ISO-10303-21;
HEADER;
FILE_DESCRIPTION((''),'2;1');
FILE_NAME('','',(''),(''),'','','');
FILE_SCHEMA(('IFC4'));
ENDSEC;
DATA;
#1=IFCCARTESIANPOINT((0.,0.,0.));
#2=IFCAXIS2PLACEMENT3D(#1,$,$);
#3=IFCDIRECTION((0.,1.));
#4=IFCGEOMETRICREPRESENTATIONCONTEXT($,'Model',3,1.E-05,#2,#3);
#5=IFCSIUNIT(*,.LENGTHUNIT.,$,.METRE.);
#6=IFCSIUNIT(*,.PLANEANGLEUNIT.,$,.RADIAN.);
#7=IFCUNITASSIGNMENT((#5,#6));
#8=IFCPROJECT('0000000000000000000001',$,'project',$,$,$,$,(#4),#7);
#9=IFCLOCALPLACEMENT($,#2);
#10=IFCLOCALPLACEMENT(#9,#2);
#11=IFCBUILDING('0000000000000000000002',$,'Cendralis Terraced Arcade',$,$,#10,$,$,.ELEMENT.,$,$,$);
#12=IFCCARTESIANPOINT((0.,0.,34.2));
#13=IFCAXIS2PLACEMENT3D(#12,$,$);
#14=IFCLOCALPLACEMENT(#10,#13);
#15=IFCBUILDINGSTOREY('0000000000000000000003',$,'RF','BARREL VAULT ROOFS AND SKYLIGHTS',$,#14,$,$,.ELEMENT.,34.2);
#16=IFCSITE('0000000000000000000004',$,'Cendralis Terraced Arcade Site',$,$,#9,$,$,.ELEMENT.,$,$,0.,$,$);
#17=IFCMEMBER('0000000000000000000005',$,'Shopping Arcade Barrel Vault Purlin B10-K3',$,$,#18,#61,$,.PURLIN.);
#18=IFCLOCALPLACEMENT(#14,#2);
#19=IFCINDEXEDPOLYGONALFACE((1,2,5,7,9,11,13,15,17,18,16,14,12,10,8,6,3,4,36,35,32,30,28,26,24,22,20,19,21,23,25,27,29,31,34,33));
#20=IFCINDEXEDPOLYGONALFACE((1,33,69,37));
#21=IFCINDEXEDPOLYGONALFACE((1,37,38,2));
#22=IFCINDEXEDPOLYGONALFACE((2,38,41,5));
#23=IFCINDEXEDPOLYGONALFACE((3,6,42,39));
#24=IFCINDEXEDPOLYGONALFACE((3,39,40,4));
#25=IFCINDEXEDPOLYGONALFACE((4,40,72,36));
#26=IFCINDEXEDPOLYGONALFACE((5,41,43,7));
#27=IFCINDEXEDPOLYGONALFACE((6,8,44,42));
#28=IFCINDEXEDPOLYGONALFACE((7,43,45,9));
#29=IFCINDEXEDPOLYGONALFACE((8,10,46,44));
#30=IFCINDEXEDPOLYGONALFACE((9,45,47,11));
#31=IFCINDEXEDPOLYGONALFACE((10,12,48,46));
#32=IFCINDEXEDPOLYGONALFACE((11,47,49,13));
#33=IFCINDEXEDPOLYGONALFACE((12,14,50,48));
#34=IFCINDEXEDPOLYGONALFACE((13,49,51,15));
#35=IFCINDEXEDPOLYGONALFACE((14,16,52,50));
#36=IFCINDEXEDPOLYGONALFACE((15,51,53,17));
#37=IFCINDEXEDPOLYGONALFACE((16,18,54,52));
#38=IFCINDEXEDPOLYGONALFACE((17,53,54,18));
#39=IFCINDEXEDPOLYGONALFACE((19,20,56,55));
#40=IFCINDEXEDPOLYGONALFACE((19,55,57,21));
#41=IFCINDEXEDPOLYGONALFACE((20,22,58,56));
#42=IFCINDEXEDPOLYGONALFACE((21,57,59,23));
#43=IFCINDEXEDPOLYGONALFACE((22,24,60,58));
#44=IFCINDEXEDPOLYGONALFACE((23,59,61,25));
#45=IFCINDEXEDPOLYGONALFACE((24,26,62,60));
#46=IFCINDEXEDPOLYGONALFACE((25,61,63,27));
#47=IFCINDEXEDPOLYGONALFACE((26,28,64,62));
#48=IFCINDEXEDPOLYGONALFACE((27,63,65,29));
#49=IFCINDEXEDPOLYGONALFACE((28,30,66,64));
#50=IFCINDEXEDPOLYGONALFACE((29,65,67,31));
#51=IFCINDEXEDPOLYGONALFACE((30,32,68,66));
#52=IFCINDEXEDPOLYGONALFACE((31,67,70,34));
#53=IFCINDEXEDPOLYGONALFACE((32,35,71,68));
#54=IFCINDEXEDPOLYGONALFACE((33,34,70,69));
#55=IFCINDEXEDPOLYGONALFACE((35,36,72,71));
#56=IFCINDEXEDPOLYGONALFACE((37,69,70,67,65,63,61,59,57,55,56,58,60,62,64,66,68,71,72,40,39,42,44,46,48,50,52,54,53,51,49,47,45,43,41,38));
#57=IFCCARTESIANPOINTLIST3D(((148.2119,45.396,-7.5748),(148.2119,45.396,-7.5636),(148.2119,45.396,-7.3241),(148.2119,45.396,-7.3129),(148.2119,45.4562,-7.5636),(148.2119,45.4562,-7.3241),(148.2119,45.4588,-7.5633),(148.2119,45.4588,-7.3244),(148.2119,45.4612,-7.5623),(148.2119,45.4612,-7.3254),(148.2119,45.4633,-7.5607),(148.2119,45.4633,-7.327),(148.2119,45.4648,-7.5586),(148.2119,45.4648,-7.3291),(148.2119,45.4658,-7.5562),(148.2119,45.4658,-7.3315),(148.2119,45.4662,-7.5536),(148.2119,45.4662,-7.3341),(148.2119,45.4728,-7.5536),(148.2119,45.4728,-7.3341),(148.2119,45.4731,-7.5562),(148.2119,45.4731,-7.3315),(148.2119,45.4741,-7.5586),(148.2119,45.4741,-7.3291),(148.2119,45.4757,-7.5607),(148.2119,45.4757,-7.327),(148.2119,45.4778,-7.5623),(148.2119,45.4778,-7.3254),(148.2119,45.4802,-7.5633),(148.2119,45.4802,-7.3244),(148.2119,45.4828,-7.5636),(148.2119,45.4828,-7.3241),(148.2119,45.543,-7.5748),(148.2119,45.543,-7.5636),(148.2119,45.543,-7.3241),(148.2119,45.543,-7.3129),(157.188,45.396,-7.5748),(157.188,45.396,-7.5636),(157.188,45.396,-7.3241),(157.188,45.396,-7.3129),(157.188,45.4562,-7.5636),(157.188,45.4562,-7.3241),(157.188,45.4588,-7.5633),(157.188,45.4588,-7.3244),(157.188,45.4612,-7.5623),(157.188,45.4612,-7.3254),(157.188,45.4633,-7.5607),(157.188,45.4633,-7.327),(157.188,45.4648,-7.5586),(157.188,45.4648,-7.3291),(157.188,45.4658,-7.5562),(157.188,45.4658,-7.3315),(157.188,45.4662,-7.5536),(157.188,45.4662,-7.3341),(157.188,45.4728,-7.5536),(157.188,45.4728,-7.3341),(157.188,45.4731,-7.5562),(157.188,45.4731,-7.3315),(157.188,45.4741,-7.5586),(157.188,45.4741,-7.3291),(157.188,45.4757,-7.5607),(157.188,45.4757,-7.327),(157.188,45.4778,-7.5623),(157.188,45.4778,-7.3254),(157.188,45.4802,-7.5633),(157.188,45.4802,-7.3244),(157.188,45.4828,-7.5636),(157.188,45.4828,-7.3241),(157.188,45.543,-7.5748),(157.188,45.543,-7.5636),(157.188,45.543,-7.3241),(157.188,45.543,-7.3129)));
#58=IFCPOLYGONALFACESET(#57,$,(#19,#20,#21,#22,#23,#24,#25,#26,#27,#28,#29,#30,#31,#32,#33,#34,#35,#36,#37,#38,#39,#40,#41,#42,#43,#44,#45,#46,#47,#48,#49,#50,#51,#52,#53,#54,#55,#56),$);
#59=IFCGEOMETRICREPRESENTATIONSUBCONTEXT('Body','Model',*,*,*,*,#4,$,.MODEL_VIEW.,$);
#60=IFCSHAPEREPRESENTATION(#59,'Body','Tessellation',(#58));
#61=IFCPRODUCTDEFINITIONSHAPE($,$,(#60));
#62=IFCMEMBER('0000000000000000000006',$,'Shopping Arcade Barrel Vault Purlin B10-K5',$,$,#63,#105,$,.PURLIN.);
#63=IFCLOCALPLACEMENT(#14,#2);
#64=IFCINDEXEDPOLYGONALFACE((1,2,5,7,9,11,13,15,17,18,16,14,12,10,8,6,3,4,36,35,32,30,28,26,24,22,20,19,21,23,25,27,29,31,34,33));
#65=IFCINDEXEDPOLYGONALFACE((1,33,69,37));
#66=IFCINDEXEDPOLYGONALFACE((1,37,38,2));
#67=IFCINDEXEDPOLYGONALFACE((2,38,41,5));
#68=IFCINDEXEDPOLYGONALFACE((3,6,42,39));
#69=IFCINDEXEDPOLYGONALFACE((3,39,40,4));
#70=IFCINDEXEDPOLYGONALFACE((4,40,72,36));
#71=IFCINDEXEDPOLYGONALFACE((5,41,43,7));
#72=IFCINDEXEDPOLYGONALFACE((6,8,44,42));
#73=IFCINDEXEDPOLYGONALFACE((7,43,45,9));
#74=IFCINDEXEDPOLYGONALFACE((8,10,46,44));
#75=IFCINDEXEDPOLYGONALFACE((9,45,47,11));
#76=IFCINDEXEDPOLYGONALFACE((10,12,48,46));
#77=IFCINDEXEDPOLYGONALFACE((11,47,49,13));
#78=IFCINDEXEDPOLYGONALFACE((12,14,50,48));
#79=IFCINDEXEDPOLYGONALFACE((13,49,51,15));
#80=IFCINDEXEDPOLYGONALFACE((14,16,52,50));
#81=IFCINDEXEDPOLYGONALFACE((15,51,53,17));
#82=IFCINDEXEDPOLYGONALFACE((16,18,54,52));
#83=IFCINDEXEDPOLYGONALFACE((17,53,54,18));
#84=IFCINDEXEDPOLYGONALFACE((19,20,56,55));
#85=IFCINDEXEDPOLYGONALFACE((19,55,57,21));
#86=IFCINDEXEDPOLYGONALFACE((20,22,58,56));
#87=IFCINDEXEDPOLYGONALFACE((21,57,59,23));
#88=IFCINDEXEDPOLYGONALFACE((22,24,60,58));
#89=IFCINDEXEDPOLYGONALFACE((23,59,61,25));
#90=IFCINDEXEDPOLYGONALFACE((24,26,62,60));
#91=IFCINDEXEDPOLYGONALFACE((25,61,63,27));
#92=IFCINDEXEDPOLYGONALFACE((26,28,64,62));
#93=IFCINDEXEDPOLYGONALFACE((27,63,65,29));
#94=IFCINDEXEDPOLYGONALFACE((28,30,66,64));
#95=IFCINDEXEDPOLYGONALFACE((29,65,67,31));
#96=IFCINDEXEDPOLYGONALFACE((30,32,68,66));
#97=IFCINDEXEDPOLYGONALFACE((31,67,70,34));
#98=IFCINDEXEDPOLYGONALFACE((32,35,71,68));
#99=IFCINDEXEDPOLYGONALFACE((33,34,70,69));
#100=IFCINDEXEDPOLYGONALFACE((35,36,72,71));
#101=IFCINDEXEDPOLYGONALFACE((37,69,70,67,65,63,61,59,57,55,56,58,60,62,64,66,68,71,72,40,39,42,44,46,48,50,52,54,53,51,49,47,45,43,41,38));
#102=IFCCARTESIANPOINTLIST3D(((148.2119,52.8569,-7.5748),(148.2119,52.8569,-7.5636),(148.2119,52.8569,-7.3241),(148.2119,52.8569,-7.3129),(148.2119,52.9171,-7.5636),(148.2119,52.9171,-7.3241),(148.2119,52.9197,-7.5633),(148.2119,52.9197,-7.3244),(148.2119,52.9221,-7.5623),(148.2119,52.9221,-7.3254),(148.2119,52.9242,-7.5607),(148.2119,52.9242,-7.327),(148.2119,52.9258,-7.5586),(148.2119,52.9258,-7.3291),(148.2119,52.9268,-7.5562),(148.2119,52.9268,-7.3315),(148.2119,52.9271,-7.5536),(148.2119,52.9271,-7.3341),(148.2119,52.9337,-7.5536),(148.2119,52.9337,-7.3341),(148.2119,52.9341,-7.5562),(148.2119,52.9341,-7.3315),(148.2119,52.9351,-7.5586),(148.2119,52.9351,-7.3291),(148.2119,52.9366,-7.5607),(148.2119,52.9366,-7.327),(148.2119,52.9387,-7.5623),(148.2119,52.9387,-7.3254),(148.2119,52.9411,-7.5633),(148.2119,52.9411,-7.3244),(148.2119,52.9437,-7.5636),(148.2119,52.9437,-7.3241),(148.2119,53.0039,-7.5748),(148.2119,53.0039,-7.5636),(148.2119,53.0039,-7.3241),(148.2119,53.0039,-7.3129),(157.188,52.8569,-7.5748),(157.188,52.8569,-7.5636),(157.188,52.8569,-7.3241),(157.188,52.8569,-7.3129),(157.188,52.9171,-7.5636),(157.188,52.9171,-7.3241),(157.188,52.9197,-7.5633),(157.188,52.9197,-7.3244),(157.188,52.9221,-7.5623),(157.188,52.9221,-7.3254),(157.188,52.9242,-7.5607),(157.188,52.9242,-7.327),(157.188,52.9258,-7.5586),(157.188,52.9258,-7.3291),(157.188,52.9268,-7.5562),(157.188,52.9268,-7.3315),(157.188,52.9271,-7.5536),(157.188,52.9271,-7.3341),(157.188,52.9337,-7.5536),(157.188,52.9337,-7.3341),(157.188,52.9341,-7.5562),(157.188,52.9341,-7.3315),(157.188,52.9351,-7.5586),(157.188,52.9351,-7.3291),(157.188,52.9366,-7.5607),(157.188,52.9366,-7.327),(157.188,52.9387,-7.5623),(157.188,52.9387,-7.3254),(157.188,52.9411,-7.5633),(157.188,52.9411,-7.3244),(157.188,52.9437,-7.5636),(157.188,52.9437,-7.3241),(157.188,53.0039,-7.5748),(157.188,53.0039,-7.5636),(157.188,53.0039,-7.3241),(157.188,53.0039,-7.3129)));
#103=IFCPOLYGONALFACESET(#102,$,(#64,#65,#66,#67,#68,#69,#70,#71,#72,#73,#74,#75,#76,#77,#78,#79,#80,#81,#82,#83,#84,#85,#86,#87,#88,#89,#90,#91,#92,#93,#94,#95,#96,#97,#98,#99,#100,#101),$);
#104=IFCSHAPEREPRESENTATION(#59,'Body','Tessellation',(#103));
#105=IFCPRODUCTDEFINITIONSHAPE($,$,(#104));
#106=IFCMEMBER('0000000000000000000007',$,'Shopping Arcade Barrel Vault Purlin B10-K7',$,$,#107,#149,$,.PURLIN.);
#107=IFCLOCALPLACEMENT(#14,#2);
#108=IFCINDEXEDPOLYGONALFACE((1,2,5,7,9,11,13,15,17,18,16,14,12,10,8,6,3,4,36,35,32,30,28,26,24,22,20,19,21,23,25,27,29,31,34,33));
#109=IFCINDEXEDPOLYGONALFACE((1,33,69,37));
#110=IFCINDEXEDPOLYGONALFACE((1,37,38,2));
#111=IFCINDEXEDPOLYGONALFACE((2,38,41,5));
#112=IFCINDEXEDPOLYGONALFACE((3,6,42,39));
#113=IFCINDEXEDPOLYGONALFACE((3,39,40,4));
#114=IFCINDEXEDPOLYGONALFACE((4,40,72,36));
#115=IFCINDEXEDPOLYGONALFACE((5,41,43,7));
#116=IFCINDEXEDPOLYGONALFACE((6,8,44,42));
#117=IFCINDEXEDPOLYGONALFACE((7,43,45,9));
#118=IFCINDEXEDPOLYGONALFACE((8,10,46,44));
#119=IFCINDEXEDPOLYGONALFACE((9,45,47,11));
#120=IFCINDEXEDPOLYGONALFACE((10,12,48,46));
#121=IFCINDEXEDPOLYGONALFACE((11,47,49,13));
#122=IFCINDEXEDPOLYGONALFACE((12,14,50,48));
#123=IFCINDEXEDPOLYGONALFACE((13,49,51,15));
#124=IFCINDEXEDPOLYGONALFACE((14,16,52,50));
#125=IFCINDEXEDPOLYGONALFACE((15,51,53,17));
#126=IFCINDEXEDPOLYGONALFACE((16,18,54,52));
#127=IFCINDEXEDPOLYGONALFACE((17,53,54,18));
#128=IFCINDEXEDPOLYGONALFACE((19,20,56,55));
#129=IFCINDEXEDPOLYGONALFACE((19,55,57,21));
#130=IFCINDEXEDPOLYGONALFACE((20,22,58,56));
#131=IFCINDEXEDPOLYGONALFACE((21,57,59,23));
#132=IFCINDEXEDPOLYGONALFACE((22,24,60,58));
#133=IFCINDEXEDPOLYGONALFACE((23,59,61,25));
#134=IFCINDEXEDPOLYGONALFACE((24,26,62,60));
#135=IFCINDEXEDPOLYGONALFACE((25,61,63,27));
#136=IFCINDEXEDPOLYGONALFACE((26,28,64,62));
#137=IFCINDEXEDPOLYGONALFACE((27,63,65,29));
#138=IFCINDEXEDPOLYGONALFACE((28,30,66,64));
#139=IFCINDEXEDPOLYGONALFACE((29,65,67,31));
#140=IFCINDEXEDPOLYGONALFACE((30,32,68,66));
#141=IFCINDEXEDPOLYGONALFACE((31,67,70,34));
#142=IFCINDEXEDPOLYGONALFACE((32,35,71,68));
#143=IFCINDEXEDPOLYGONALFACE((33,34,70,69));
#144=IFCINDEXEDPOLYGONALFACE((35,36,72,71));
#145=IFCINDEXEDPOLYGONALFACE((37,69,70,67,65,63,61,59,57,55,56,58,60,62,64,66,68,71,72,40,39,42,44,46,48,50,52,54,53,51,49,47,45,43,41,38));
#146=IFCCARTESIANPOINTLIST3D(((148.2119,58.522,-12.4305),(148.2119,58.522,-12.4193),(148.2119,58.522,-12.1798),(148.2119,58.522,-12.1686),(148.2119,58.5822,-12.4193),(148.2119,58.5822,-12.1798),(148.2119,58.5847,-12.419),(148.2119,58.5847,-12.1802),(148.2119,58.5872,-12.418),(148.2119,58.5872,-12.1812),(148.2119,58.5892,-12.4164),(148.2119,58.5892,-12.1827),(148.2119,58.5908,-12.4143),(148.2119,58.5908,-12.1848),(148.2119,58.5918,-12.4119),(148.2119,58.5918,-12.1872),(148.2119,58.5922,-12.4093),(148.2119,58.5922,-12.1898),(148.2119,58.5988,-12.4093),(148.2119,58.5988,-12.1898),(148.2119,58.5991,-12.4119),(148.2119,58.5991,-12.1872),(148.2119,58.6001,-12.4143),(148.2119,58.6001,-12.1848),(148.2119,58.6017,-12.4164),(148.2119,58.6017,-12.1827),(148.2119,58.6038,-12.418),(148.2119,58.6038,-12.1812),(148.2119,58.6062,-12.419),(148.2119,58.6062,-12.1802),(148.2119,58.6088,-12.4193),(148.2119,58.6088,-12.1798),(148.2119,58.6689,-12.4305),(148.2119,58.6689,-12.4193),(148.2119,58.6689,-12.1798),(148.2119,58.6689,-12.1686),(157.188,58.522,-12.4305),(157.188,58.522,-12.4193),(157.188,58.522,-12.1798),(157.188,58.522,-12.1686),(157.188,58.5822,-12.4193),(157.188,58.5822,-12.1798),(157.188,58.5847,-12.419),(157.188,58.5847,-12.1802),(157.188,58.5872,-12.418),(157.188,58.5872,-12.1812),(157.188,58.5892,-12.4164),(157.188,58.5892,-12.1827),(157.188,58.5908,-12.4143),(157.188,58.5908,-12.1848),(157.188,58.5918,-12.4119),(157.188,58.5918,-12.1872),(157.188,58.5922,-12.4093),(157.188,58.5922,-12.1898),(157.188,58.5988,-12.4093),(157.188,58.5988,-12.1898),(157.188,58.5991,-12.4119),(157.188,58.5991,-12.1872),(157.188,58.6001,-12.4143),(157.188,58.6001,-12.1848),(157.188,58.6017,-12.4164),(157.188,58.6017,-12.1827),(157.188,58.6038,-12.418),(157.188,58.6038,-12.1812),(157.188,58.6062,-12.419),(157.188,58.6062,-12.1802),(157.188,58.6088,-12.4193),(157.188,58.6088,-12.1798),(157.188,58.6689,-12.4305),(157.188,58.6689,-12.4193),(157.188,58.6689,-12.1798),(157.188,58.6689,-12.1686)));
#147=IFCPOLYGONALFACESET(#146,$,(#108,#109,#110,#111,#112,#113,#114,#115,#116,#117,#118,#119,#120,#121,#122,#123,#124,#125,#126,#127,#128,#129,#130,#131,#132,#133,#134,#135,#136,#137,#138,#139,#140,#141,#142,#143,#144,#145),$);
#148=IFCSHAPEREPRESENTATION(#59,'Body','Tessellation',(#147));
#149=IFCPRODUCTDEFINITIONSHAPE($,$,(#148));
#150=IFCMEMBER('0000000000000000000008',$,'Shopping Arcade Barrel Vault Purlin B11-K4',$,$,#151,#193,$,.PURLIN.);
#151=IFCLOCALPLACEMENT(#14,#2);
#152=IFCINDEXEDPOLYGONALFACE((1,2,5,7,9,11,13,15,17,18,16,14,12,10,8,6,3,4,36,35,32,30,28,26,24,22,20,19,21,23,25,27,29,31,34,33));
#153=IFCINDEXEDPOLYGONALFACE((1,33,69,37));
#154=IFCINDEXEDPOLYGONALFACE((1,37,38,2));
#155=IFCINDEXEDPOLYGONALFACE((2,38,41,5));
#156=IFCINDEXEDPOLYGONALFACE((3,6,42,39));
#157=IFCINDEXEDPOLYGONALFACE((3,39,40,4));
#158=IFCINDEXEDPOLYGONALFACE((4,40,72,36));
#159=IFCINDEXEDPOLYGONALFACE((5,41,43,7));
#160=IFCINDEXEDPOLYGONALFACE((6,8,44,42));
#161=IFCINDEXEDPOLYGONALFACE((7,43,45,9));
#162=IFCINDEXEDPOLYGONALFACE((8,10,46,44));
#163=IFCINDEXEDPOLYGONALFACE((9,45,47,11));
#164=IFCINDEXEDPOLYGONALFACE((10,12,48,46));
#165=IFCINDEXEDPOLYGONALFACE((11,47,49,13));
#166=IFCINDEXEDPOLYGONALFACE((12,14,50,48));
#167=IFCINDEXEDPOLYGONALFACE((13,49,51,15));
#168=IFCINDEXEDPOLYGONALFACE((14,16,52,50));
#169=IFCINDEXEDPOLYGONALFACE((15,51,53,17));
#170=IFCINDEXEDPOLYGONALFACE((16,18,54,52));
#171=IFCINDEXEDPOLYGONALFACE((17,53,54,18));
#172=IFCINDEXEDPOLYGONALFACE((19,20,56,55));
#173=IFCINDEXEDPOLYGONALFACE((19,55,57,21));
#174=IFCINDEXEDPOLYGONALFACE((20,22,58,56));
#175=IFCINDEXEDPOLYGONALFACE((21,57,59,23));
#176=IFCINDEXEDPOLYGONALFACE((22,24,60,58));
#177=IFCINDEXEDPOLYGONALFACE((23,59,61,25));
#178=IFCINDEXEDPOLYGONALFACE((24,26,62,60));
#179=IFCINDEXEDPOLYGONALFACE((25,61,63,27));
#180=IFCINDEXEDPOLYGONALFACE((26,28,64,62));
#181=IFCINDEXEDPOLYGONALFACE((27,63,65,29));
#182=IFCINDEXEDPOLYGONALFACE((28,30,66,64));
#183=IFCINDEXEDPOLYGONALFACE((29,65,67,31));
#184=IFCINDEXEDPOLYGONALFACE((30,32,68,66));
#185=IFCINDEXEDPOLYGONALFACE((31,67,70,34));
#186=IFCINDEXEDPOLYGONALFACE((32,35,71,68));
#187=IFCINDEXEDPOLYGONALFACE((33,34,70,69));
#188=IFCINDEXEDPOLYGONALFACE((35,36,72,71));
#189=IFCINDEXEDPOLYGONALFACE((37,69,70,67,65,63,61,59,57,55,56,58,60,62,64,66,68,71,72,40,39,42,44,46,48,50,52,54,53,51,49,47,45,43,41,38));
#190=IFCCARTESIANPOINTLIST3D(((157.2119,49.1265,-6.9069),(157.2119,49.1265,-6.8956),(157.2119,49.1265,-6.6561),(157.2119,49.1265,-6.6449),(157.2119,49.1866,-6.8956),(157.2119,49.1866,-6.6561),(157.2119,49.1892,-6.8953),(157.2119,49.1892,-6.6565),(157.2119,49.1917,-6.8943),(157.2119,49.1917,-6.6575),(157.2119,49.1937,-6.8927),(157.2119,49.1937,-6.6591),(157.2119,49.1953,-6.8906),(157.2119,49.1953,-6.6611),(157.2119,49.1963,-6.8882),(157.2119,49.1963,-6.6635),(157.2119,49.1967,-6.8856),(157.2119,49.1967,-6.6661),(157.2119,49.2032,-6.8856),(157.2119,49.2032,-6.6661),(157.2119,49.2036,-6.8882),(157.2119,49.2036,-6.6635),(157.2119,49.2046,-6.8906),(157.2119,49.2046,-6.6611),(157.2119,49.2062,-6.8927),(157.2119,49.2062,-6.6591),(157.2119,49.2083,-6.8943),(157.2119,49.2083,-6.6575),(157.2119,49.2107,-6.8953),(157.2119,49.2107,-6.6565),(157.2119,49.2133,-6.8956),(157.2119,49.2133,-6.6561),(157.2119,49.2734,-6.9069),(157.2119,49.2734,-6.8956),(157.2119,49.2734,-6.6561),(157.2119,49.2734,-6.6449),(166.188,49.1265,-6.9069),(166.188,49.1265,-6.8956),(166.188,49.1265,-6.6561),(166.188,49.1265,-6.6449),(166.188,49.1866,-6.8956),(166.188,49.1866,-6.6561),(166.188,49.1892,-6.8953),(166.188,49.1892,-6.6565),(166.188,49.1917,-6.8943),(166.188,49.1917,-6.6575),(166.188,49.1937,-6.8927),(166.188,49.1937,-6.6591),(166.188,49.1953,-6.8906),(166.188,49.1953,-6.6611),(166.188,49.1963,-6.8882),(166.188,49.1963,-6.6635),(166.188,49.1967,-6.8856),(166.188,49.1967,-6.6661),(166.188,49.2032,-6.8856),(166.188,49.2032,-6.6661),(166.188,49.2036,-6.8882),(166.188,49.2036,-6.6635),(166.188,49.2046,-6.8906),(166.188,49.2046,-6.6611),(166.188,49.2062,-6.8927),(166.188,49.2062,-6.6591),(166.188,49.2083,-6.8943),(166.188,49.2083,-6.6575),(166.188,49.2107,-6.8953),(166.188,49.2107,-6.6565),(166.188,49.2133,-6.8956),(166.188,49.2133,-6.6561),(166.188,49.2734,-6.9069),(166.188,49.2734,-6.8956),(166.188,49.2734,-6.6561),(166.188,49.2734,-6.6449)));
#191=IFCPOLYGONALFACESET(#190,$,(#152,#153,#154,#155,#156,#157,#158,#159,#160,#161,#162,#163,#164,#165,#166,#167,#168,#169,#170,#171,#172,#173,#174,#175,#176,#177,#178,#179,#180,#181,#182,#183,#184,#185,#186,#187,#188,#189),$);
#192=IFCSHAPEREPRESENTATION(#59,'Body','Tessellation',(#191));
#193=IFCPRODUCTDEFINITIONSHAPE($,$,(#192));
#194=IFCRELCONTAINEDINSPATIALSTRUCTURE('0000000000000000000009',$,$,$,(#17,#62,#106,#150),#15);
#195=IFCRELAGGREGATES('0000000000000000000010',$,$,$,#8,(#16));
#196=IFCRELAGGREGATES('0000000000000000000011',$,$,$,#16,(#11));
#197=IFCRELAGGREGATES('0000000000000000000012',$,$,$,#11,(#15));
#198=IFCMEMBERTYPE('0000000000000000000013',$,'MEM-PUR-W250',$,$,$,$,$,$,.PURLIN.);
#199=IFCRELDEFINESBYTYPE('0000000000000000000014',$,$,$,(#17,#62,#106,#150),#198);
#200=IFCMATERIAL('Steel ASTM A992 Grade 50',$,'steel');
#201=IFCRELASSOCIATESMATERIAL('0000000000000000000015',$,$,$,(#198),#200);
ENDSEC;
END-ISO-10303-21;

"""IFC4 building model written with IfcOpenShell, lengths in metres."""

from ifc_helpers import new_model, si_unit, direction, frame, origin, origin_2d, place, context, subcontext, project, spatial, i_section, extrude, material, material_profile, profile_set, type_object, element, save


model = new_model("IFC4")

# Units and contexts
model_context = context("Model", 3, precision=1e-05, world=origin(), true_north=direction((0.0, 1.0)))
body_context = subcontext(model_context, "Body", "Model", "MODEL_VIEW")
ifc_project = project(units=[si_unit("LENGTHUNIT", "METRE"), si_unit("PLANEANGLEUNIT", "RADIAN")], contexts=[model_context])

# Site, building, storey
site_placement = place(None, origin())
site = spatial("IfcSite", under=ifc_project, at=site_placement, Name="Cendralis Terraced Arcade Site", CompositionType="ELEMENT", RefElevation=0.0)
building_placement = place(site_placement, origin())
building = spatial("IfcBuilding", under=site, at=building_placement, Name="Cendralis Terraced Arcade", CompositionType="ELEMENT")
storey_placement = place(building_placement, frame((0.0, 0.0, 34.2)))
storey = spatial("IfcBuildingStorey", under=building, at=storey_placement, Name="RF", Description="BARREL VAULT ROOFS AND SKYLIGHTS", CompositionType="ELEMENT", Elevation=34.2)

# Members
ifc_material_1 = material(Name="Steel ASTM A992 Grade 50", Category="steel")
ifc_material_profile_1 = material_profile(ifc_material_1, i_section(OverallWidth=0.147, OverallDepth=0.262, WebThickness=0.0066, FlangeThickness=0.0112, FilletRadius=0.01, at=origin_2d()), Name="W250X38.5", Category="LoadBearing")
ifc_profile_set_1 = profile_set([ifc_material_profile_1], Name="Steel ASTM A992 Grade 50")
member_type_1 = type_object("IfcMemberType", Name="MEM-PUR-W250", PredefinedType="PURLIN", material=ifc_profile_set_1)
for number, where, z_axis, x_axis, name in (
    (1, (148.2119, 45.4695, -7.4438), (1.0, 0.0, 0.0), (0.0, 1.0, 0.0), "Shopping Arcade Barrel Vault Purlin B10-K3"),
    (2, (148.2119, 52.9304, -7.4438), (1.0, 0.0, 0.0), (0.0, 1.0, 0.0), "Shopping Arcade Barrel Vault Purlin B10-K5"),
    (3, (148.2119, 58.5955, -12.2996), (1.0, 0.0, 0.0), (0.0, 1.0, 0.0), "Shopping Arcade Barrel Vault Purlin B10-K7"),
    (4, (157.2119, 49.2, -6.7759), (1.0, 0.0, 0.0), (0.0, 1.0, 0.0), "Shopping Arcade Barrel Vault Purlin B11-K4"),
):
    element("IfcMember", number, at=place(storey_placement, frame(where, z_axis=z_axis, x_axis=x_axis)), inside=storey, type_object=member_type_1, Name=name, PredefinedType="PURLIN", context=body_context, shape_type="SweptSolid", body=[
        extrude(i_section(OverallWidth=0.147, OverallDepth=0.262, WebThickness=0.0066, FlangeThickness=0.0112, FilletRadius=0.01, at=origin_2d()), origin(), (0.0, 0.0, 1.0), 8.9761),
    ])

save(model, "model.ifc")
